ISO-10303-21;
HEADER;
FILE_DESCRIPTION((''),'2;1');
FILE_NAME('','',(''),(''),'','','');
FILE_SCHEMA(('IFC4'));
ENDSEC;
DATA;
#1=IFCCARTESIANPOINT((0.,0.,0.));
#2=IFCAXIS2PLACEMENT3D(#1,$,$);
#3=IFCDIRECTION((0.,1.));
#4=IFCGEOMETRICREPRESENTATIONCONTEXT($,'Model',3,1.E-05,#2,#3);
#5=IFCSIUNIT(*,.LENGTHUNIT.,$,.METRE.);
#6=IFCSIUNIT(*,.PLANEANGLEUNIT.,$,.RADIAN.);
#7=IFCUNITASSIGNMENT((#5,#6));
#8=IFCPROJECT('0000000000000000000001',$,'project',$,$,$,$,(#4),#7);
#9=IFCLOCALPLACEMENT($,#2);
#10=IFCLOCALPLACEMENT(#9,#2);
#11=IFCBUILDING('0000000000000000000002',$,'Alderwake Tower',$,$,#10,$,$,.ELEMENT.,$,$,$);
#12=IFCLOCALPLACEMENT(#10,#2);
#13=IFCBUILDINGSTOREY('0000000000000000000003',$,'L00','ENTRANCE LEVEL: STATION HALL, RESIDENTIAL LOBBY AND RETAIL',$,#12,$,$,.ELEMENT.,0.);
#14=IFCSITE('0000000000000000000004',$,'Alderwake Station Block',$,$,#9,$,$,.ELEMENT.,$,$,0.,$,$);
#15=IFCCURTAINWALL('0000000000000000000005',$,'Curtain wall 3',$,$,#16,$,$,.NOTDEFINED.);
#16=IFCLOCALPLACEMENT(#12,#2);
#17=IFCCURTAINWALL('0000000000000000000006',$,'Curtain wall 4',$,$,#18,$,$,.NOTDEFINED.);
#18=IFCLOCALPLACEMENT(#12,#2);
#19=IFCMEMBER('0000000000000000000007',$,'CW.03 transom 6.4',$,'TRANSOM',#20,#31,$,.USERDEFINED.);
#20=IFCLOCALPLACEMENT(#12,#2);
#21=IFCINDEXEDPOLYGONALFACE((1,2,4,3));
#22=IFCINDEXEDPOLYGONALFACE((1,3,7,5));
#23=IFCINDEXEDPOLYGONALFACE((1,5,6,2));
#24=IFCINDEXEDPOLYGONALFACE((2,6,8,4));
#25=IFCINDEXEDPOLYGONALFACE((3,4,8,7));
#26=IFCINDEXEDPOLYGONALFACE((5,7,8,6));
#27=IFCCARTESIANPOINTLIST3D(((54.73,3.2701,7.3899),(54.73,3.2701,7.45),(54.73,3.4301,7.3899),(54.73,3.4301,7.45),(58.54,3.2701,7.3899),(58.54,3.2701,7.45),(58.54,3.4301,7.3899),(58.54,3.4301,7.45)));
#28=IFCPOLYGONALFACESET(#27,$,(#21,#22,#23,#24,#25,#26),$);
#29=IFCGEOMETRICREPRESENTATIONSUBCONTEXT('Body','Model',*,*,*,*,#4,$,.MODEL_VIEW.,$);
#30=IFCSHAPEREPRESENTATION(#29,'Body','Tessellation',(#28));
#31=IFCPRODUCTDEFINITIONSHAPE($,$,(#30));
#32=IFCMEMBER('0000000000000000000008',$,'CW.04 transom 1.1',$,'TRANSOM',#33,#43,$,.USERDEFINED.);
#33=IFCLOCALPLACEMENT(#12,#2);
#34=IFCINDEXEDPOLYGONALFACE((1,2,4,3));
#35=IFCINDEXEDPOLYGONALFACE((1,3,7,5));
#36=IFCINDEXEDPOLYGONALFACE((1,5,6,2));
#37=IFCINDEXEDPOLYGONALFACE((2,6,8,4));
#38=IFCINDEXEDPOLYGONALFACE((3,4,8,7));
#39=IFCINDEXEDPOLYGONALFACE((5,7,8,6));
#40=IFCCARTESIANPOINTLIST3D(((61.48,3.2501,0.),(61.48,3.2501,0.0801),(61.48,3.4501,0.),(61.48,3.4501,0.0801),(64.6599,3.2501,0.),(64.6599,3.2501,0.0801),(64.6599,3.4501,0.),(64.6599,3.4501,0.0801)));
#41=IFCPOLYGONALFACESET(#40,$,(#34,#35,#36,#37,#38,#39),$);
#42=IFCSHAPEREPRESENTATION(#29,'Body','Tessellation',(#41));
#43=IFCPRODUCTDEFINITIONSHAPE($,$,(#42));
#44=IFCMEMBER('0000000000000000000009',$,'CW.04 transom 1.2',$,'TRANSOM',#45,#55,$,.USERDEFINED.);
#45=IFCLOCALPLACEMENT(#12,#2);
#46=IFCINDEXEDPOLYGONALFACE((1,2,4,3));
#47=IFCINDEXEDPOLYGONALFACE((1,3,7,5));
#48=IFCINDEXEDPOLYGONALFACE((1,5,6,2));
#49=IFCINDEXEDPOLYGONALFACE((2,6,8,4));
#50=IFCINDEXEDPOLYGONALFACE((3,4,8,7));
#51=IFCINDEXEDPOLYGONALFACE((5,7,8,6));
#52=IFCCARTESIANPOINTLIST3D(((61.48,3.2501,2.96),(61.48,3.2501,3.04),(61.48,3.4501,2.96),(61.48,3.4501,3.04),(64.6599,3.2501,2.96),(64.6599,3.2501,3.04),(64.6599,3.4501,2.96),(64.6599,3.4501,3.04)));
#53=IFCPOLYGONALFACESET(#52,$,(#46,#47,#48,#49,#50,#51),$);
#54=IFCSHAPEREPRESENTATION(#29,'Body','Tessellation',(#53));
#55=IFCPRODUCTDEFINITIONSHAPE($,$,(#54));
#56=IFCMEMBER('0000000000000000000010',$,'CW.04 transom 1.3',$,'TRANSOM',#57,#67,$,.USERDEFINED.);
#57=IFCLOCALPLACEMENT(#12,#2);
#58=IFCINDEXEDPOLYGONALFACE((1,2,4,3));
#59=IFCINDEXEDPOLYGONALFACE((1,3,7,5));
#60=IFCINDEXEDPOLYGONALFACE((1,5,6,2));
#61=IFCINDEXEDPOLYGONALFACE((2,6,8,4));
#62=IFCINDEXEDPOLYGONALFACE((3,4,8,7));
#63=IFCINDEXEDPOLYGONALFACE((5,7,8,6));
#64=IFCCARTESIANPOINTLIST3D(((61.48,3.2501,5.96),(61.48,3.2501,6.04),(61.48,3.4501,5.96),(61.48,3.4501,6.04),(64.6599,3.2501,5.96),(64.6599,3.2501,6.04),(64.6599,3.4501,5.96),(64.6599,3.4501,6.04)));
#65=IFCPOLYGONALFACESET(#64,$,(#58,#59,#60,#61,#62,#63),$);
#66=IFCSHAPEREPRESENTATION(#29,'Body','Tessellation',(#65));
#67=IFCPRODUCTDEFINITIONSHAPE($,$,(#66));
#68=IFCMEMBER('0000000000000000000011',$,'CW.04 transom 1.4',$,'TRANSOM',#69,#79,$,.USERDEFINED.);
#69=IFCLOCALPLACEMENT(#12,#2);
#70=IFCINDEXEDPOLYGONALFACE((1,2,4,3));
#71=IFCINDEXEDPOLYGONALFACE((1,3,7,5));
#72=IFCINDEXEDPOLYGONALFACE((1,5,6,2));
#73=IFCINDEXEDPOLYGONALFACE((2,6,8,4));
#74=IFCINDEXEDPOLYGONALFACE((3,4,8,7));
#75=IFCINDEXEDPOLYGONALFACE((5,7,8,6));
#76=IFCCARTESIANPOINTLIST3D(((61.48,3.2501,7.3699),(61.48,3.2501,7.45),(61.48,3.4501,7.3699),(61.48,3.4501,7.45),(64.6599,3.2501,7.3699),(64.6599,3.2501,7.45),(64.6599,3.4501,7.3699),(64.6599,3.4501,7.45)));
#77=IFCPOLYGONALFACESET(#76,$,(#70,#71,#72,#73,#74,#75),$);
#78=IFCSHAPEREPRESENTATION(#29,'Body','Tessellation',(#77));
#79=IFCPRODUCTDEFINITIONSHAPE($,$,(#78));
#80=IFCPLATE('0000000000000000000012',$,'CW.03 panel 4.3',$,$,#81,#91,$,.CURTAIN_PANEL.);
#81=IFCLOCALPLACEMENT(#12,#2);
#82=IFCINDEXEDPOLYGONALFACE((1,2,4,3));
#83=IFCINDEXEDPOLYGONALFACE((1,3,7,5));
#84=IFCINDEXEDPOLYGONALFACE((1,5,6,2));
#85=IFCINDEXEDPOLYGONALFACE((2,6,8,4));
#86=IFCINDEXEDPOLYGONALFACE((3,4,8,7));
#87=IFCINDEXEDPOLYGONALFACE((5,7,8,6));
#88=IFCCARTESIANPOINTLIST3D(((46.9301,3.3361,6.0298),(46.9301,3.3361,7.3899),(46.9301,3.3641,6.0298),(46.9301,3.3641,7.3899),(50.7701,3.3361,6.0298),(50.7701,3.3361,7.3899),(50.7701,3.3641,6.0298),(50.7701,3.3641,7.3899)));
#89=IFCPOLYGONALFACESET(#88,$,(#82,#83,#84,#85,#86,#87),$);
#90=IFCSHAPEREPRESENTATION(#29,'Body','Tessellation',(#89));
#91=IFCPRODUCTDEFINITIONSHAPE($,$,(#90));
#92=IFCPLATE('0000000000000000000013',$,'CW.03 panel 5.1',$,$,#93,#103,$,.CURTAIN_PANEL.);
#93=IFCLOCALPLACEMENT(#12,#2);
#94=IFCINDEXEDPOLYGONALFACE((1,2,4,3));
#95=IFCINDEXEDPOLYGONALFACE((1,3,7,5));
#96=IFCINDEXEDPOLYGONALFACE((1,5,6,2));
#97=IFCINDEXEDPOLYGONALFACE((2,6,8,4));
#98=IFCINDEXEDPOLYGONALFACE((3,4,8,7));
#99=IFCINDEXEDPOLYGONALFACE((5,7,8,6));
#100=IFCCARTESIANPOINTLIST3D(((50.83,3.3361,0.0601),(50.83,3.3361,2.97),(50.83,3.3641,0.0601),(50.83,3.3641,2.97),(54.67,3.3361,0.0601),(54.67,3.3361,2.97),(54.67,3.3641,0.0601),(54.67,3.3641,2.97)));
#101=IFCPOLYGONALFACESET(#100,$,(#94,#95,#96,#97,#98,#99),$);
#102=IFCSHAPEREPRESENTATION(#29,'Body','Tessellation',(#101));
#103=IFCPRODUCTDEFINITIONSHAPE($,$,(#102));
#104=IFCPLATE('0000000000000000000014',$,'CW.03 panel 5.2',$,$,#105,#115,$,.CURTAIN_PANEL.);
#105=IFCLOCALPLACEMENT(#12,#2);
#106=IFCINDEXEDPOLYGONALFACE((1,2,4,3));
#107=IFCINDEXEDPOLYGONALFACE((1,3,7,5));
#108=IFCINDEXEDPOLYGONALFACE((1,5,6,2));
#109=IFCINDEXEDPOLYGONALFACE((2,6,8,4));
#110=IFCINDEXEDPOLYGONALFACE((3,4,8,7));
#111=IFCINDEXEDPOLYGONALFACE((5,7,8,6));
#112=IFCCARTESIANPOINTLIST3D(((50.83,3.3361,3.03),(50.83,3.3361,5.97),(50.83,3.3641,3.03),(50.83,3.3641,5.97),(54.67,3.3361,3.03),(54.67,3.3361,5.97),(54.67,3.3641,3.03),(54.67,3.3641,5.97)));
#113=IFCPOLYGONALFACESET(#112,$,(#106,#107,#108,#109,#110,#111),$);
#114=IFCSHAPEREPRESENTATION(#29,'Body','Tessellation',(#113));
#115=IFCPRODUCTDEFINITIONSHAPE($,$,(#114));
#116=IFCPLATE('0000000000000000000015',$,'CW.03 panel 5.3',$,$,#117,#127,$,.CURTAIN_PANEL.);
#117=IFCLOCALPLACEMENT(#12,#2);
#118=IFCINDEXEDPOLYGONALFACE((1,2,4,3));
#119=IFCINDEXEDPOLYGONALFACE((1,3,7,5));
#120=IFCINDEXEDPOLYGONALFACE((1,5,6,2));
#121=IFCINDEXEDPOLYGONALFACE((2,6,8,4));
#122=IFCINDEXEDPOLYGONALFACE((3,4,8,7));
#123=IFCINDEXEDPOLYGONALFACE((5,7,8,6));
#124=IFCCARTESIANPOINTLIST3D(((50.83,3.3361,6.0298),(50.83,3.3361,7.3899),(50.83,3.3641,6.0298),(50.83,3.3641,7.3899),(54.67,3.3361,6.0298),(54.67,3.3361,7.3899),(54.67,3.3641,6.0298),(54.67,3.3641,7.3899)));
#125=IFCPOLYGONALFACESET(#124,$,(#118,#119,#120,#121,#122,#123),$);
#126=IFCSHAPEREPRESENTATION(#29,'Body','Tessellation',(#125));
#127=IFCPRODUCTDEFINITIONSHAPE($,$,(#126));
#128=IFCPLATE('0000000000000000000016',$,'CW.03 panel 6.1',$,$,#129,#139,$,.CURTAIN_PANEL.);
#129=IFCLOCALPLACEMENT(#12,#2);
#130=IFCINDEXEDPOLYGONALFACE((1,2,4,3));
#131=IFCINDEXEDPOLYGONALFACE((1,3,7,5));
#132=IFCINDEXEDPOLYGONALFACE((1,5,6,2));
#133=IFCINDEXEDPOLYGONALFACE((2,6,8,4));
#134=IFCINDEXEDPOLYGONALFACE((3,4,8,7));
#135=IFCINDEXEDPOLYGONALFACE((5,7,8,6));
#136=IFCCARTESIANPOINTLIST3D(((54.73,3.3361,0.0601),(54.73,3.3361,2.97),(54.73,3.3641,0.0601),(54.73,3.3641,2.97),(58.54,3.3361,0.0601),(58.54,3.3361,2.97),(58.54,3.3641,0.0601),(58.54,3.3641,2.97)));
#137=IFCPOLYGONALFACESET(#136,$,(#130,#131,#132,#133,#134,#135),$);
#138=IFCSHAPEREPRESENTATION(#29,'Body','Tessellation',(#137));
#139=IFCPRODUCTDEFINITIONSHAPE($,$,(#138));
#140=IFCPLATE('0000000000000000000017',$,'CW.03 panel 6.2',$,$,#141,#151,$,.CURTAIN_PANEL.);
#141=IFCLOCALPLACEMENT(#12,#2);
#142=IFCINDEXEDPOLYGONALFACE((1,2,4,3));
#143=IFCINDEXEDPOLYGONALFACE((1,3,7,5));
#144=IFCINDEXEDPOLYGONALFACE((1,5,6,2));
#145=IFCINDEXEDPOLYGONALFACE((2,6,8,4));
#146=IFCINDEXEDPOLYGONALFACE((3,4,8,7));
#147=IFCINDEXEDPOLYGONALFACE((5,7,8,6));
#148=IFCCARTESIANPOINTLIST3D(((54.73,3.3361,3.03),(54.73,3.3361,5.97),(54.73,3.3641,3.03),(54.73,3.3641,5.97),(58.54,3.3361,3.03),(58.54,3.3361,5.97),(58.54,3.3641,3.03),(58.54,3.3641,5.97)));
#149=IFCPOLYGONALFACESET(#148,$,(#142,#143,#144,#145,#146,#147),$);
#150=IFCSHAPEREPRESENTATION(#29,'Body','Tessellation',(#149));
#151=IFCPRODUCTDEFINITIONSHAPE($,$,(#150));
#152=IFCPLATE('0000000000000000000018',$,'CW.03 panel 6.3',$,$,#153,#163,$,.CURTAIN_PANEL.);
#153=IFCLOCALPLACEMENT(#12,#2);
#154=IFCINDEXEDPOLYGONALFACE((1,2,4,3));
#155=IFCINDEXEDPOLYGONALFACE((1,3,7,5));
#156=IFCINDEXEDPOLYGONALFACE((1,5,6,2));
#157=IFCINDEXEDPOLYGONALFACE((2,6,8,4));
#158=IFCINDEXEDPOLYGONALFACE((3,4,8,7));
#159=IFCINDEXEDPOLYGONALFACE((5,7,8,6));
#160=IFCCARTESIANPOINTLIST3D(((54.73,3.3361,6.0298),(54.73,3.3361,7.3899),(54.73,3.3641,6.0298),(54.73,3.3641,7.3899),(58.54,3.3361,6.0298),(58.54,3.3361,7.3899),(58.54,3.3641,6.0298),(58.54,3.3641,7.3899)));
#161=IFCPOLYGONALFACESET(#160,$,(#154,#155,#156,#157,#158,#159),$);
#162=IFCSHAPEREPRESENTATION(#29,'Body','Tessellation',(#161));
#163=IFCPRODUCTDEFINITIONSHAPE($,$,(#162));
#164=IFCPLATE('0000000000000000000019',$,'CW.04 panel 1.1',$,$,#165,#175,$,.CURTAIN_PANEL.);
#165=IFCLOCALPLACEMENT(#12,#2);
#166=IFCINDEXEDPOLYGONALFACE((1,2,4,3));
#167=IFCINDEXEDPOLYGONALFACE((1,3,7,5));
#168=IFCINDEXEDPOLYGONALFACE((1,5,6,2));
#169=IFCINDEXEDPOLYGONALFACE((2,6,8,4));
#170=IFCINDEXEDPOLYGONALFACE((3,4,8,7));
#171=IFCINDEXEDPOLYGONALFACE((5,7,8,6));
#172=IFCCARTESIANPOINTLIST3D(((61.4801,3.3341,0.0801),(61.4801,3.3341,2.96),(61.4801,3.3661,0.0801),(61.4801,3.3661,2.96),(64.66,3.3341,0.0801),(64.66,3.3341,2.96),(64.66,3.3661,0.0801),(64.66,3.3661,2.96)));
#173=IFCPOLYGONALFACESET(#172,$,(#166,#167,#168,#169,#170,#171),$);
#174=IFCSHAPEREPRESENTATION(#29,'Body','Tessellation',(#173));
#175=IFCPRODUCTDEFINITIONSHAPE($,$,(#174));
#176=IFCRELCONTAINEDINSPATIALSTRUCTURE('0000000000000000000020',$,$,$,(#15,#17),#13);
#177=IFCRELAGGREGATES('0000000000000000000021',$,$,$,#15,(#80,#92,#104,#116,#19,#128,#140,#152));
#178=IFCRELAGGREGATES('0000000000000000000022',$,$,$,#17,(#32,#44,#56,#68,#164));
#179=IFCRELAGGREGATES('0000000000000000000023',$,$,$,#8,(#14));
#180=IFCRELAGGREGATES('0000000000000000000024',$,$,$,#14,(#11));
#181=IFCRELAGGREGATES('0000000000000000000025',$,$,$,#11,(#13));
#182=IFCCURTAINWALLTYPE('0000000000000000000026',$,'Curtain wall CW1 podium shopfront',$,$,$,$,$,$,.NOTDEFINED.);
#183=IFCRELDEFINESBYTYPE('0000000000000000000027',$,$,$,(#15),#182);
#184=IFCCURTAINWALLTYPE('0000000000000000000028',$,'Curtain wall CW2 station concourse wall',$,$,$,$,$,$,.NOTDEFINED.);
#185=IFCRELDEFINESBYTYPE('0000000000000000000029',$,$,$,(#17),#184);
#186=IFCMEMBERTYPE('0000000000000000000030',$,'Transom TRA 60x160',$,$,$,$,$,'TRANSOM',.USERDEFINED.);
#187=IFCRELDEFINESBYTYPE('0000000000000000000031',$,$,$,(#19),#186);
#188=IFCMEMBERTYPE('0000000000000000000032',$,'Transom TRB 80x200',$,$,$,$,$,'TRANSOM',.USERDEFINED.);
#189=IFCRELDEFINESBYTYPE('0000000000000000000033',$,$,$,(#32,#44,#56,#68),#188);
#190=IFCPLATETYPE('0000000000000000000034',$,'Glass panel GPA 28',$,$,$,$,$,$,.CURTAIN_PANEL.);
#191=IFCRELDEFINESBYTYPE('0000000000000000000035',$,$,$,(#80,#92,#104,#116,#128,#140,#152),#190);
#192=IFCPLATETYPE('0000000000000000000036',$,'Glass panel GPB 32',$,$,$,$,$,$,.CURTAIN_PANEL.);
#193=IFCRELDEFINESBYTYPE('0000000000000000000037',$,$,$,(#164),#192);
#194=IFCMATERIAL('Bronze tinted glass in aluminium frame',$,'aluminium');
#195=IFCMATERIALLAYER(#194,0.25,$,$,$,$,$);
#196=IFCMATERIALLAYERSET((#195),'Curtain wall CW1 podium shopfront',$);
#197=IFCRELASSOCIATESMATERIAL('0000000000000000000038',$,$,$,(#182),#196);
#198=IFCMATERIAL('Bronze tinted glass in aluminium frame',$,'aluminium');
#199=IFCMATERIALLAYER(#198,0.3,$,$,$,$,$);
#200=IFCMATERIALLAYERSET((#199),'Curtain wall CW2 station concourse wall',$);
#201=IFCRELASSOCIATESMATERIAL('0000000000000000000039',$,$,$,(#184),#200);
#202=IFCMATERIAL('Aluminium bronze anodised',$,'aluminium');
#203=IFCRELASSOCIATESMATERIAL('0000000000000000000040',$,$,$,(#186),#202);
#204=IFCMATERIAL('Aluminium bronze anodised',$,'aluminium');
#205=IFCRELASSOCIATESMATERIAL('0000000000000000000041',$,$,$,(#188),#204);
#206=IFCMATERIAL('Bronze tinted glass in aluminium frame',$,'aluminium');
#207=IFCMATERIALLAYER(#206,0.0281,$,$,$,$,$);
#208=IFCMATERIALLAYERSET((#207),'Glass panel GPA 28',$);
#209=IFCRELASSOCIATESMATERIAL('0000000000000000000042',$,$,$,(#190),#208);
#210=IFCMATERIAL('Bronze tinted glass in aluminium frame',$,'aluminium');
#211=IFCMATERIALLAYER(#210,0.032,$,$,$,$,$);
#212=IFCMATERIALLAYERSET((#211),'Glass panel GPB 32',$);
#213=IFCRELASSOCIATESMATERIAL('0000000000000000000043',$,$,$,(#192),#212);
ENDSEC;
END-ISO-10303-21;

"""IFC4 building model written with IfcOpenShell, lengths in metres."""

from ifc_helpers import new_model, si_unit, direction, frame, origin, origin_2d, place, context, subcontext, project, spatial, rectangle, extrude, material, layer, layer_set, material_profile, profile_set, type_object, element, aggregate, save


model = new_model("IFC4")

# Units and contexts
model_context = context("Model", 3, precision=1e-05, world=origin(), true_north=direction((0.0, 1.0)))
body_context = subcontext(model_context, "Body", "Model", "MODEL_VIEW")
ifc_project = project(units=[si_unit("LENGTHUNIT", "METRE"), si_unit("PLANEANGLEUNIT", "RADIAN")], contexts=[model_context])

# Site, building, storey
site_placement = place(None, origin())
site = spatial("IfcSite", under=ifc_project, at=site_placement, Name="Alderwake Station Block", CompositionType="ELEMENT", RefElevation=0.0)
building_placement = place(site_placement, origin())
building = spatial("IfcBuilding", under=site, at=building_placement, Name="Alderwake Tower", CompositionType="ELEMENT")
storey_placement = place(building_placement, origin())
storey = spatial("IfcBuildingStorey", under=building, at=storey_placement, Name="L00", Description="ENTRANCE LEVEL: STATION HALL, RESIDENTIAL LOBBY AND RETAIL", CompositionType="ELEMENT", Elevation=0.0)

# Curtain wall
ifc_material_1 = material(Name="Bronze tinted glass in aluminium frame", Category="aluminium")
ifc_layer_1 = layer(ifc_material_1, 0.25)
ifc_layer_set_1 = layer_set([ifc_layer_1], Name="Curtain wall CW1 podium shopfront")
curtain_wall_type_1 = type_object("IfcCurtainWallType", Name="Curtain wall CW1 podium shopfront", PredefinedType="NOTDEFINED", material=ifc_layer_set_1)
curtain_wall_1_placement = place(storey_placement, origin())
curtain_wall_1 = element("IfcCurtainWall", 1, at=curtain_wall_1_placement, inside=storey, type_object=curtain_wall_type_1, Name="Curtain wall 3", PredefinedType="NOTDEFINED")

# Curtain wall
ifc_material_2 = material(Name="Bronze tinted glass in aluminium frame", Category="aluminium")
ifc_layer_2 = layer(ifc_material_2, 0.3)
ifc_layer_set_2 = layer_set([ifc_layer_2], Name="Curtain wall CW2 station concourse wall")
curtain_wall_type_2 = type_object("IfcCurtainWallType", Name="Curtain wall CW2 station concourse wall", PredefinedType="NOTDEFINED", material=ifc_layer_set_2)
curtain_wall_2_placement = place(storey_placement, origin())
curtain_wall_2 = element("IfcCurtainWall", 2, at=curtain_wall_2_placement, inside=storey, type_object=curtain_wall_type_2, Name="Curtain wall 4", PredefinedType="NOTDEFINED")

# Members
ifc_material_3 = material(Name="Aluminium bronze anodised", Category="aluminium")
ifc_material_profile_1 = material_profile(ifc_material_3, rectangle(XDim=0.1599, YDim=0.0601, at=origin_2d()), Name="Transom TRA 60x160")
ifc_profile_set_1 = profile_set([ifc_material_profile_1], Name="Aluminium bronze anodised")
member_type_1 = type_object("IfcMemberType", Name="Transom TRA 60x160", ElementType="TRANSOM", PredefinedType="USERDEFINED", material=ifc_profile_set_1)
member_1_placement = place(storey_placement, frame((54.73, 3.3501, 7.4199), z_axis=(1.0, 0.0, 0.0), x_axis=(0.0, 1.0, 0.0)))
member_1 = element("IfcMember", 3, at=member_1_placement, type_object=member_type_1, Name="CW.03 transom 6.4", ObjectType="TRANSOM", PredefinedType="USERDEFINED", context=body_context, shape_type="SweptSolid", body=[
    extrude(rectangle(XDim=0.1599, YDim=0.0601, at=origin_2d()), origin(), (0.0, 0.0, 1.0), 3.8101),
])
ifc_material_4 = material(Name="Aluminium bronze anodised", Category="aluminium")
ifc_material_profile_2 = material_profile(ifc_material_4, rectangle(XDim=0.2, YDim=0.0801, at=origin_2d()), Name="Transom TRB 80x200")
ifc_profile_set_2 = profile_set([ifc_material_profile_2], Name="Aluminium bronze anodised")
member_type_2 = type_object("IfcMemberType", Name="Transom TRB 80x200", ElementType="TRANSOM", PredefinedType="USERDEFINED", material=ifc_profile_set_2)
member_2_placement = place(storey_placement, frame((61.48, 3.3501, 0.04), z_axis=(1.0, 0.0, 0.0), x_axis=(0.0, 1.0, 0.0)))
member_2 = element("IfcMember", 4, at=member_2_placement, type_object=member_type_2, Name="CW.04 transom 1.1", ObjectType="TRANSOM", PredefinedType="USERDEFINED", context=body_context, shape_type="SweptSolid", body=[
    extrude(rectangle(XDim=0.2, YDim=0.0801, at=origin_2d()), origin(), (0.0, 0.0, 1.0), 3.1799),
])
member_3_placement = place(storey_placement, frame((61.48, 3.3501, 3.0), z_axis=(1.0, 0.0, 0.0), x_axis=(0.0, 1.0, 0.0)))
member_3 = element("IfcMember", 5, at=member_3_placement, type_object=member_type_2, Name="CW.04 transom 1.2", ObjectType="TRANSOM", PredefinedType="USERDEFINED", context=body_context, shape_type="SweptSolid", body=[
    extrude(rectangle(XDim=0.2, YDim=0.0801, at=origin_2d()), origin(), (0.0, 0.0, 1.0), 3.1799),
])
member_4_placement = place(storey_placement, frame((61.48, 3.3501, 6.0), z_axis=(1.0, 0.0, 0.0), x_axis=(0.0, 1.0, 0.0)))
member_4 = element("IfcMember", 6, at=member_4_placement, type_object=member_type_2, Name="CW.04 transom 1.3", ObjectType="TRANSOM", PredefinedType="USERDEFINED", context=body_context, shape_type="SweptSolid", body=[
    extrude(rectangle(XDim=0.2, YDim=0.0801, at=origin_2d()), origin(), (0.0, 0.0, 1.0), 3.1799),
])
member_5_placement = place(storey_placement, frame((61.48, 3.3501, 7.4099), z_axis=(1.0, 0.0, 0.0), x_axis=(0.0, 1.0, 0.0)))
member_5 = element("IfcMember", 7, at=member_5_placement, type_object=member_type_2, Name="CW.04 transom 1.4", ObjectType="TRANSOM", PredefinedType="USERDEFINED", context=body_context, shape_type="SweptSolid", body=[
    extrude(rectangle(XDim=0.2, YDim=0.0801, at=origin_2d()), origin(), (0.0, 0.0, 1.0), 3.1799),
])

# Plates
ifc_material_5 = material(Name="Bronze tinted glass in aluminium frame", Category="aluminium")
ifc_layer_3 = layer(ifc_material_5, 0.0281)
ifc_layer_set_3 = layer_set([ifc_layer_3], Name="Glass panel GPA 28")
plate_type_1 = type_object("IfcPlateType", Name="Glass panel GPA 28", PredefinedType="CURTAIN_PANEL", material=ifc_layer_set_3)
plate_1_placement = place(storey_placement, frame((48.8501, 3.3501, 6.0298), z_axis=(0.0, 0.0, 1.0), x_axis=(1.0, 0.0, 0.0)))
plate_1 = element("IfcPlate", 8, at=plate_1_placement, type_object=plate_type_1, Name="CW.03 panel 4.3", PredefinedType="CURTAIN_PANEL", context=body_context, shape_type="SweptSolid", body=[
    extrude(rectangle(XDim=3.8401, YDim=0.0281, at=origin_2d()), origin(), (0.0, 0.0, 1.0), 1.3601),
])
plate_2_placement = place(storey_placement, frame((52.75, 3.3501, 0.0601), z_axis=(0.0, 0.0, 1.0), x_axis=(1.0, 0.0, 0.0)))
plate_2 = element("IfcPlate", 9, at=plate_2_placement, type_object=plate_type_1, Name="CW.03 panel 5.1", PredefinedType="CURTAIN_PANEL", context=body_context, shape_type="SweptSolid", body=[
    extrude(rectangle(XDim=3.8401, YDim=0.0281, at=origin_2d()), origin(), (0.0, 0.0, 1.0), 2.9099),
])
plate_3_placement = place(storey_placement, frame((52.75, 3.3501, 3.03), z_axis=(0.0, 0.0, 1.0), x_axis=(1.0, 0.0, 0.0)))
plate_3 = element("IfcPlate", 10, at=plate_3_placement, type_object=plate_type_1, Name="CW.03 panel 5.2", PredefinedType="CURTAIN_PANEL", context=body_context, shape_type="SweptSolid", body=[
    extrude(rectangle(XDim=3.8401, YDim=0.0281, at=origin_2d()), origin(), (0.0, 0.0, 1.0), 2.9399),
])
plate_4_placement = place(storey_placement, frame((52.75, 3.3501, 6.0298), z_axis=(0.0, 0.0, 1.0), x_axis=(1.0, 0.0, 0.0)))
plate_4 = element("IfcPlate", 11, at=plate_4_placement, type_object=plate_type_1, Name="CW.03 panel 5.3", PredefinedType="CURTAIN_PANEL", context=body_context, shape_type="SweptSolid", body=[
    extrude(rectangle(XDim=3.8401, YDim=0.0281, at=origin_2d()), origin(), (0.0, 0.0, 1.0), 1.3601),
])
plate_5_placement = place(storey_placement, frame((56.635, 3.3501, 0.0601), z_axis=(0.0, 0.0, 1.0), x_axis=(1.0, 0.0, 0.0)))
plate_5 = element("IfcPlate", 12, at=plate_5_placement, type_object=plate_type_1, Name="CW.03 panel 6.1", PredefinedType="CURTAIN_PANEL", context=body_context, shape_type="SweptSolid", body=[
    extrude(rectangle(XDim=3.8101, YDim=0.0281, at=origin_2d()), origin(), (0.0, 0.0, 1.0), 2.9099),
])
plate_6_placement = place(storey_placement, frame((56.635, 3.3501, 3.03), z_axis=(0.0, 0.0, 1.0), x_axis=(1.0, 0.0, 0.0)))
plate_6 = element("IfcPlate", 13, at=plate_6_placement, type_object=plate_type_1, Name="CW.03 panel 6.2", PredefinedType="CURTAIN_PANEL", context=body_context, shape_type="SweptSolid", body=[
    extrude(rectangle(XDim=3.8101, YDim=0.0281, at=origin_2d()), origin(), (0.0, 0.0, 1.0), 2.9399),
])
plate_7_placement = place(storey_placement, frame((56.635, 3.3501, 6.0298), z_axis=(0.0, 0.0, 1.0), x_axis=(1.0, 0.0, 0.0)))
plate_7 = element("IfcPlate", 14, at=plate_7_placement, type_object=plate_type_1, Name="CW.03 panel 6.3", PredefinedType="CURTAIN_PANEL", context=body_context, shape_type="SweptSolid", body=[
    extrude(rectangle(XDim=3.8101, YDim=0.0281, at=origin_2d()), origin(), (0.0, 0.0, 1.0), 1.3601),
])
aggregate(curtain_wall_1, [plate_1, plate_2, plate_3, plate_4, member_1, plate_5, plate_6, plate_7])
ifc_material_6 = material(Name="Bronze tinted glass in aluminium frame", Category="aluminium")
ifc_layer_4 = layer(ifc_material_6, 0.032)
ifc_layer_set_4 = layer_set([ifc_layer_4], Name="Glass panel GPB 32")
plate_type_2 = type_object("IfcPlateType", Name="Glass panel GPB 32", PredefinedType="CURTAIN_PANEL", material=ifc_layer_set_4)
plate_8_placement = place(storey_placement, frame((63.0701, 3.3501, 0.0801), z_axis=(0.0, 0.0, 1.0), x_axis=(1.0, 0.0, 0.0)))
plate_8 = element("IfcPlate", 15, at=plate_8_placement, type_object=plate_type_2, Name="CW.04 panel 1.1", PredefinedType="CURTAIN_PANEL", context=body_context, shape_type="SweptSolid", body=[
    extrude(rectangle(XDim=3.1799, YDim=0.032, at=origin_2d()), origin(), (0.0, 0.0, 1.0), 2.8799),
])
aggregate(curtain_wall_2, [member_2, member_3, member_4, member_5, plate_8])

save(model, "model.ifc")
